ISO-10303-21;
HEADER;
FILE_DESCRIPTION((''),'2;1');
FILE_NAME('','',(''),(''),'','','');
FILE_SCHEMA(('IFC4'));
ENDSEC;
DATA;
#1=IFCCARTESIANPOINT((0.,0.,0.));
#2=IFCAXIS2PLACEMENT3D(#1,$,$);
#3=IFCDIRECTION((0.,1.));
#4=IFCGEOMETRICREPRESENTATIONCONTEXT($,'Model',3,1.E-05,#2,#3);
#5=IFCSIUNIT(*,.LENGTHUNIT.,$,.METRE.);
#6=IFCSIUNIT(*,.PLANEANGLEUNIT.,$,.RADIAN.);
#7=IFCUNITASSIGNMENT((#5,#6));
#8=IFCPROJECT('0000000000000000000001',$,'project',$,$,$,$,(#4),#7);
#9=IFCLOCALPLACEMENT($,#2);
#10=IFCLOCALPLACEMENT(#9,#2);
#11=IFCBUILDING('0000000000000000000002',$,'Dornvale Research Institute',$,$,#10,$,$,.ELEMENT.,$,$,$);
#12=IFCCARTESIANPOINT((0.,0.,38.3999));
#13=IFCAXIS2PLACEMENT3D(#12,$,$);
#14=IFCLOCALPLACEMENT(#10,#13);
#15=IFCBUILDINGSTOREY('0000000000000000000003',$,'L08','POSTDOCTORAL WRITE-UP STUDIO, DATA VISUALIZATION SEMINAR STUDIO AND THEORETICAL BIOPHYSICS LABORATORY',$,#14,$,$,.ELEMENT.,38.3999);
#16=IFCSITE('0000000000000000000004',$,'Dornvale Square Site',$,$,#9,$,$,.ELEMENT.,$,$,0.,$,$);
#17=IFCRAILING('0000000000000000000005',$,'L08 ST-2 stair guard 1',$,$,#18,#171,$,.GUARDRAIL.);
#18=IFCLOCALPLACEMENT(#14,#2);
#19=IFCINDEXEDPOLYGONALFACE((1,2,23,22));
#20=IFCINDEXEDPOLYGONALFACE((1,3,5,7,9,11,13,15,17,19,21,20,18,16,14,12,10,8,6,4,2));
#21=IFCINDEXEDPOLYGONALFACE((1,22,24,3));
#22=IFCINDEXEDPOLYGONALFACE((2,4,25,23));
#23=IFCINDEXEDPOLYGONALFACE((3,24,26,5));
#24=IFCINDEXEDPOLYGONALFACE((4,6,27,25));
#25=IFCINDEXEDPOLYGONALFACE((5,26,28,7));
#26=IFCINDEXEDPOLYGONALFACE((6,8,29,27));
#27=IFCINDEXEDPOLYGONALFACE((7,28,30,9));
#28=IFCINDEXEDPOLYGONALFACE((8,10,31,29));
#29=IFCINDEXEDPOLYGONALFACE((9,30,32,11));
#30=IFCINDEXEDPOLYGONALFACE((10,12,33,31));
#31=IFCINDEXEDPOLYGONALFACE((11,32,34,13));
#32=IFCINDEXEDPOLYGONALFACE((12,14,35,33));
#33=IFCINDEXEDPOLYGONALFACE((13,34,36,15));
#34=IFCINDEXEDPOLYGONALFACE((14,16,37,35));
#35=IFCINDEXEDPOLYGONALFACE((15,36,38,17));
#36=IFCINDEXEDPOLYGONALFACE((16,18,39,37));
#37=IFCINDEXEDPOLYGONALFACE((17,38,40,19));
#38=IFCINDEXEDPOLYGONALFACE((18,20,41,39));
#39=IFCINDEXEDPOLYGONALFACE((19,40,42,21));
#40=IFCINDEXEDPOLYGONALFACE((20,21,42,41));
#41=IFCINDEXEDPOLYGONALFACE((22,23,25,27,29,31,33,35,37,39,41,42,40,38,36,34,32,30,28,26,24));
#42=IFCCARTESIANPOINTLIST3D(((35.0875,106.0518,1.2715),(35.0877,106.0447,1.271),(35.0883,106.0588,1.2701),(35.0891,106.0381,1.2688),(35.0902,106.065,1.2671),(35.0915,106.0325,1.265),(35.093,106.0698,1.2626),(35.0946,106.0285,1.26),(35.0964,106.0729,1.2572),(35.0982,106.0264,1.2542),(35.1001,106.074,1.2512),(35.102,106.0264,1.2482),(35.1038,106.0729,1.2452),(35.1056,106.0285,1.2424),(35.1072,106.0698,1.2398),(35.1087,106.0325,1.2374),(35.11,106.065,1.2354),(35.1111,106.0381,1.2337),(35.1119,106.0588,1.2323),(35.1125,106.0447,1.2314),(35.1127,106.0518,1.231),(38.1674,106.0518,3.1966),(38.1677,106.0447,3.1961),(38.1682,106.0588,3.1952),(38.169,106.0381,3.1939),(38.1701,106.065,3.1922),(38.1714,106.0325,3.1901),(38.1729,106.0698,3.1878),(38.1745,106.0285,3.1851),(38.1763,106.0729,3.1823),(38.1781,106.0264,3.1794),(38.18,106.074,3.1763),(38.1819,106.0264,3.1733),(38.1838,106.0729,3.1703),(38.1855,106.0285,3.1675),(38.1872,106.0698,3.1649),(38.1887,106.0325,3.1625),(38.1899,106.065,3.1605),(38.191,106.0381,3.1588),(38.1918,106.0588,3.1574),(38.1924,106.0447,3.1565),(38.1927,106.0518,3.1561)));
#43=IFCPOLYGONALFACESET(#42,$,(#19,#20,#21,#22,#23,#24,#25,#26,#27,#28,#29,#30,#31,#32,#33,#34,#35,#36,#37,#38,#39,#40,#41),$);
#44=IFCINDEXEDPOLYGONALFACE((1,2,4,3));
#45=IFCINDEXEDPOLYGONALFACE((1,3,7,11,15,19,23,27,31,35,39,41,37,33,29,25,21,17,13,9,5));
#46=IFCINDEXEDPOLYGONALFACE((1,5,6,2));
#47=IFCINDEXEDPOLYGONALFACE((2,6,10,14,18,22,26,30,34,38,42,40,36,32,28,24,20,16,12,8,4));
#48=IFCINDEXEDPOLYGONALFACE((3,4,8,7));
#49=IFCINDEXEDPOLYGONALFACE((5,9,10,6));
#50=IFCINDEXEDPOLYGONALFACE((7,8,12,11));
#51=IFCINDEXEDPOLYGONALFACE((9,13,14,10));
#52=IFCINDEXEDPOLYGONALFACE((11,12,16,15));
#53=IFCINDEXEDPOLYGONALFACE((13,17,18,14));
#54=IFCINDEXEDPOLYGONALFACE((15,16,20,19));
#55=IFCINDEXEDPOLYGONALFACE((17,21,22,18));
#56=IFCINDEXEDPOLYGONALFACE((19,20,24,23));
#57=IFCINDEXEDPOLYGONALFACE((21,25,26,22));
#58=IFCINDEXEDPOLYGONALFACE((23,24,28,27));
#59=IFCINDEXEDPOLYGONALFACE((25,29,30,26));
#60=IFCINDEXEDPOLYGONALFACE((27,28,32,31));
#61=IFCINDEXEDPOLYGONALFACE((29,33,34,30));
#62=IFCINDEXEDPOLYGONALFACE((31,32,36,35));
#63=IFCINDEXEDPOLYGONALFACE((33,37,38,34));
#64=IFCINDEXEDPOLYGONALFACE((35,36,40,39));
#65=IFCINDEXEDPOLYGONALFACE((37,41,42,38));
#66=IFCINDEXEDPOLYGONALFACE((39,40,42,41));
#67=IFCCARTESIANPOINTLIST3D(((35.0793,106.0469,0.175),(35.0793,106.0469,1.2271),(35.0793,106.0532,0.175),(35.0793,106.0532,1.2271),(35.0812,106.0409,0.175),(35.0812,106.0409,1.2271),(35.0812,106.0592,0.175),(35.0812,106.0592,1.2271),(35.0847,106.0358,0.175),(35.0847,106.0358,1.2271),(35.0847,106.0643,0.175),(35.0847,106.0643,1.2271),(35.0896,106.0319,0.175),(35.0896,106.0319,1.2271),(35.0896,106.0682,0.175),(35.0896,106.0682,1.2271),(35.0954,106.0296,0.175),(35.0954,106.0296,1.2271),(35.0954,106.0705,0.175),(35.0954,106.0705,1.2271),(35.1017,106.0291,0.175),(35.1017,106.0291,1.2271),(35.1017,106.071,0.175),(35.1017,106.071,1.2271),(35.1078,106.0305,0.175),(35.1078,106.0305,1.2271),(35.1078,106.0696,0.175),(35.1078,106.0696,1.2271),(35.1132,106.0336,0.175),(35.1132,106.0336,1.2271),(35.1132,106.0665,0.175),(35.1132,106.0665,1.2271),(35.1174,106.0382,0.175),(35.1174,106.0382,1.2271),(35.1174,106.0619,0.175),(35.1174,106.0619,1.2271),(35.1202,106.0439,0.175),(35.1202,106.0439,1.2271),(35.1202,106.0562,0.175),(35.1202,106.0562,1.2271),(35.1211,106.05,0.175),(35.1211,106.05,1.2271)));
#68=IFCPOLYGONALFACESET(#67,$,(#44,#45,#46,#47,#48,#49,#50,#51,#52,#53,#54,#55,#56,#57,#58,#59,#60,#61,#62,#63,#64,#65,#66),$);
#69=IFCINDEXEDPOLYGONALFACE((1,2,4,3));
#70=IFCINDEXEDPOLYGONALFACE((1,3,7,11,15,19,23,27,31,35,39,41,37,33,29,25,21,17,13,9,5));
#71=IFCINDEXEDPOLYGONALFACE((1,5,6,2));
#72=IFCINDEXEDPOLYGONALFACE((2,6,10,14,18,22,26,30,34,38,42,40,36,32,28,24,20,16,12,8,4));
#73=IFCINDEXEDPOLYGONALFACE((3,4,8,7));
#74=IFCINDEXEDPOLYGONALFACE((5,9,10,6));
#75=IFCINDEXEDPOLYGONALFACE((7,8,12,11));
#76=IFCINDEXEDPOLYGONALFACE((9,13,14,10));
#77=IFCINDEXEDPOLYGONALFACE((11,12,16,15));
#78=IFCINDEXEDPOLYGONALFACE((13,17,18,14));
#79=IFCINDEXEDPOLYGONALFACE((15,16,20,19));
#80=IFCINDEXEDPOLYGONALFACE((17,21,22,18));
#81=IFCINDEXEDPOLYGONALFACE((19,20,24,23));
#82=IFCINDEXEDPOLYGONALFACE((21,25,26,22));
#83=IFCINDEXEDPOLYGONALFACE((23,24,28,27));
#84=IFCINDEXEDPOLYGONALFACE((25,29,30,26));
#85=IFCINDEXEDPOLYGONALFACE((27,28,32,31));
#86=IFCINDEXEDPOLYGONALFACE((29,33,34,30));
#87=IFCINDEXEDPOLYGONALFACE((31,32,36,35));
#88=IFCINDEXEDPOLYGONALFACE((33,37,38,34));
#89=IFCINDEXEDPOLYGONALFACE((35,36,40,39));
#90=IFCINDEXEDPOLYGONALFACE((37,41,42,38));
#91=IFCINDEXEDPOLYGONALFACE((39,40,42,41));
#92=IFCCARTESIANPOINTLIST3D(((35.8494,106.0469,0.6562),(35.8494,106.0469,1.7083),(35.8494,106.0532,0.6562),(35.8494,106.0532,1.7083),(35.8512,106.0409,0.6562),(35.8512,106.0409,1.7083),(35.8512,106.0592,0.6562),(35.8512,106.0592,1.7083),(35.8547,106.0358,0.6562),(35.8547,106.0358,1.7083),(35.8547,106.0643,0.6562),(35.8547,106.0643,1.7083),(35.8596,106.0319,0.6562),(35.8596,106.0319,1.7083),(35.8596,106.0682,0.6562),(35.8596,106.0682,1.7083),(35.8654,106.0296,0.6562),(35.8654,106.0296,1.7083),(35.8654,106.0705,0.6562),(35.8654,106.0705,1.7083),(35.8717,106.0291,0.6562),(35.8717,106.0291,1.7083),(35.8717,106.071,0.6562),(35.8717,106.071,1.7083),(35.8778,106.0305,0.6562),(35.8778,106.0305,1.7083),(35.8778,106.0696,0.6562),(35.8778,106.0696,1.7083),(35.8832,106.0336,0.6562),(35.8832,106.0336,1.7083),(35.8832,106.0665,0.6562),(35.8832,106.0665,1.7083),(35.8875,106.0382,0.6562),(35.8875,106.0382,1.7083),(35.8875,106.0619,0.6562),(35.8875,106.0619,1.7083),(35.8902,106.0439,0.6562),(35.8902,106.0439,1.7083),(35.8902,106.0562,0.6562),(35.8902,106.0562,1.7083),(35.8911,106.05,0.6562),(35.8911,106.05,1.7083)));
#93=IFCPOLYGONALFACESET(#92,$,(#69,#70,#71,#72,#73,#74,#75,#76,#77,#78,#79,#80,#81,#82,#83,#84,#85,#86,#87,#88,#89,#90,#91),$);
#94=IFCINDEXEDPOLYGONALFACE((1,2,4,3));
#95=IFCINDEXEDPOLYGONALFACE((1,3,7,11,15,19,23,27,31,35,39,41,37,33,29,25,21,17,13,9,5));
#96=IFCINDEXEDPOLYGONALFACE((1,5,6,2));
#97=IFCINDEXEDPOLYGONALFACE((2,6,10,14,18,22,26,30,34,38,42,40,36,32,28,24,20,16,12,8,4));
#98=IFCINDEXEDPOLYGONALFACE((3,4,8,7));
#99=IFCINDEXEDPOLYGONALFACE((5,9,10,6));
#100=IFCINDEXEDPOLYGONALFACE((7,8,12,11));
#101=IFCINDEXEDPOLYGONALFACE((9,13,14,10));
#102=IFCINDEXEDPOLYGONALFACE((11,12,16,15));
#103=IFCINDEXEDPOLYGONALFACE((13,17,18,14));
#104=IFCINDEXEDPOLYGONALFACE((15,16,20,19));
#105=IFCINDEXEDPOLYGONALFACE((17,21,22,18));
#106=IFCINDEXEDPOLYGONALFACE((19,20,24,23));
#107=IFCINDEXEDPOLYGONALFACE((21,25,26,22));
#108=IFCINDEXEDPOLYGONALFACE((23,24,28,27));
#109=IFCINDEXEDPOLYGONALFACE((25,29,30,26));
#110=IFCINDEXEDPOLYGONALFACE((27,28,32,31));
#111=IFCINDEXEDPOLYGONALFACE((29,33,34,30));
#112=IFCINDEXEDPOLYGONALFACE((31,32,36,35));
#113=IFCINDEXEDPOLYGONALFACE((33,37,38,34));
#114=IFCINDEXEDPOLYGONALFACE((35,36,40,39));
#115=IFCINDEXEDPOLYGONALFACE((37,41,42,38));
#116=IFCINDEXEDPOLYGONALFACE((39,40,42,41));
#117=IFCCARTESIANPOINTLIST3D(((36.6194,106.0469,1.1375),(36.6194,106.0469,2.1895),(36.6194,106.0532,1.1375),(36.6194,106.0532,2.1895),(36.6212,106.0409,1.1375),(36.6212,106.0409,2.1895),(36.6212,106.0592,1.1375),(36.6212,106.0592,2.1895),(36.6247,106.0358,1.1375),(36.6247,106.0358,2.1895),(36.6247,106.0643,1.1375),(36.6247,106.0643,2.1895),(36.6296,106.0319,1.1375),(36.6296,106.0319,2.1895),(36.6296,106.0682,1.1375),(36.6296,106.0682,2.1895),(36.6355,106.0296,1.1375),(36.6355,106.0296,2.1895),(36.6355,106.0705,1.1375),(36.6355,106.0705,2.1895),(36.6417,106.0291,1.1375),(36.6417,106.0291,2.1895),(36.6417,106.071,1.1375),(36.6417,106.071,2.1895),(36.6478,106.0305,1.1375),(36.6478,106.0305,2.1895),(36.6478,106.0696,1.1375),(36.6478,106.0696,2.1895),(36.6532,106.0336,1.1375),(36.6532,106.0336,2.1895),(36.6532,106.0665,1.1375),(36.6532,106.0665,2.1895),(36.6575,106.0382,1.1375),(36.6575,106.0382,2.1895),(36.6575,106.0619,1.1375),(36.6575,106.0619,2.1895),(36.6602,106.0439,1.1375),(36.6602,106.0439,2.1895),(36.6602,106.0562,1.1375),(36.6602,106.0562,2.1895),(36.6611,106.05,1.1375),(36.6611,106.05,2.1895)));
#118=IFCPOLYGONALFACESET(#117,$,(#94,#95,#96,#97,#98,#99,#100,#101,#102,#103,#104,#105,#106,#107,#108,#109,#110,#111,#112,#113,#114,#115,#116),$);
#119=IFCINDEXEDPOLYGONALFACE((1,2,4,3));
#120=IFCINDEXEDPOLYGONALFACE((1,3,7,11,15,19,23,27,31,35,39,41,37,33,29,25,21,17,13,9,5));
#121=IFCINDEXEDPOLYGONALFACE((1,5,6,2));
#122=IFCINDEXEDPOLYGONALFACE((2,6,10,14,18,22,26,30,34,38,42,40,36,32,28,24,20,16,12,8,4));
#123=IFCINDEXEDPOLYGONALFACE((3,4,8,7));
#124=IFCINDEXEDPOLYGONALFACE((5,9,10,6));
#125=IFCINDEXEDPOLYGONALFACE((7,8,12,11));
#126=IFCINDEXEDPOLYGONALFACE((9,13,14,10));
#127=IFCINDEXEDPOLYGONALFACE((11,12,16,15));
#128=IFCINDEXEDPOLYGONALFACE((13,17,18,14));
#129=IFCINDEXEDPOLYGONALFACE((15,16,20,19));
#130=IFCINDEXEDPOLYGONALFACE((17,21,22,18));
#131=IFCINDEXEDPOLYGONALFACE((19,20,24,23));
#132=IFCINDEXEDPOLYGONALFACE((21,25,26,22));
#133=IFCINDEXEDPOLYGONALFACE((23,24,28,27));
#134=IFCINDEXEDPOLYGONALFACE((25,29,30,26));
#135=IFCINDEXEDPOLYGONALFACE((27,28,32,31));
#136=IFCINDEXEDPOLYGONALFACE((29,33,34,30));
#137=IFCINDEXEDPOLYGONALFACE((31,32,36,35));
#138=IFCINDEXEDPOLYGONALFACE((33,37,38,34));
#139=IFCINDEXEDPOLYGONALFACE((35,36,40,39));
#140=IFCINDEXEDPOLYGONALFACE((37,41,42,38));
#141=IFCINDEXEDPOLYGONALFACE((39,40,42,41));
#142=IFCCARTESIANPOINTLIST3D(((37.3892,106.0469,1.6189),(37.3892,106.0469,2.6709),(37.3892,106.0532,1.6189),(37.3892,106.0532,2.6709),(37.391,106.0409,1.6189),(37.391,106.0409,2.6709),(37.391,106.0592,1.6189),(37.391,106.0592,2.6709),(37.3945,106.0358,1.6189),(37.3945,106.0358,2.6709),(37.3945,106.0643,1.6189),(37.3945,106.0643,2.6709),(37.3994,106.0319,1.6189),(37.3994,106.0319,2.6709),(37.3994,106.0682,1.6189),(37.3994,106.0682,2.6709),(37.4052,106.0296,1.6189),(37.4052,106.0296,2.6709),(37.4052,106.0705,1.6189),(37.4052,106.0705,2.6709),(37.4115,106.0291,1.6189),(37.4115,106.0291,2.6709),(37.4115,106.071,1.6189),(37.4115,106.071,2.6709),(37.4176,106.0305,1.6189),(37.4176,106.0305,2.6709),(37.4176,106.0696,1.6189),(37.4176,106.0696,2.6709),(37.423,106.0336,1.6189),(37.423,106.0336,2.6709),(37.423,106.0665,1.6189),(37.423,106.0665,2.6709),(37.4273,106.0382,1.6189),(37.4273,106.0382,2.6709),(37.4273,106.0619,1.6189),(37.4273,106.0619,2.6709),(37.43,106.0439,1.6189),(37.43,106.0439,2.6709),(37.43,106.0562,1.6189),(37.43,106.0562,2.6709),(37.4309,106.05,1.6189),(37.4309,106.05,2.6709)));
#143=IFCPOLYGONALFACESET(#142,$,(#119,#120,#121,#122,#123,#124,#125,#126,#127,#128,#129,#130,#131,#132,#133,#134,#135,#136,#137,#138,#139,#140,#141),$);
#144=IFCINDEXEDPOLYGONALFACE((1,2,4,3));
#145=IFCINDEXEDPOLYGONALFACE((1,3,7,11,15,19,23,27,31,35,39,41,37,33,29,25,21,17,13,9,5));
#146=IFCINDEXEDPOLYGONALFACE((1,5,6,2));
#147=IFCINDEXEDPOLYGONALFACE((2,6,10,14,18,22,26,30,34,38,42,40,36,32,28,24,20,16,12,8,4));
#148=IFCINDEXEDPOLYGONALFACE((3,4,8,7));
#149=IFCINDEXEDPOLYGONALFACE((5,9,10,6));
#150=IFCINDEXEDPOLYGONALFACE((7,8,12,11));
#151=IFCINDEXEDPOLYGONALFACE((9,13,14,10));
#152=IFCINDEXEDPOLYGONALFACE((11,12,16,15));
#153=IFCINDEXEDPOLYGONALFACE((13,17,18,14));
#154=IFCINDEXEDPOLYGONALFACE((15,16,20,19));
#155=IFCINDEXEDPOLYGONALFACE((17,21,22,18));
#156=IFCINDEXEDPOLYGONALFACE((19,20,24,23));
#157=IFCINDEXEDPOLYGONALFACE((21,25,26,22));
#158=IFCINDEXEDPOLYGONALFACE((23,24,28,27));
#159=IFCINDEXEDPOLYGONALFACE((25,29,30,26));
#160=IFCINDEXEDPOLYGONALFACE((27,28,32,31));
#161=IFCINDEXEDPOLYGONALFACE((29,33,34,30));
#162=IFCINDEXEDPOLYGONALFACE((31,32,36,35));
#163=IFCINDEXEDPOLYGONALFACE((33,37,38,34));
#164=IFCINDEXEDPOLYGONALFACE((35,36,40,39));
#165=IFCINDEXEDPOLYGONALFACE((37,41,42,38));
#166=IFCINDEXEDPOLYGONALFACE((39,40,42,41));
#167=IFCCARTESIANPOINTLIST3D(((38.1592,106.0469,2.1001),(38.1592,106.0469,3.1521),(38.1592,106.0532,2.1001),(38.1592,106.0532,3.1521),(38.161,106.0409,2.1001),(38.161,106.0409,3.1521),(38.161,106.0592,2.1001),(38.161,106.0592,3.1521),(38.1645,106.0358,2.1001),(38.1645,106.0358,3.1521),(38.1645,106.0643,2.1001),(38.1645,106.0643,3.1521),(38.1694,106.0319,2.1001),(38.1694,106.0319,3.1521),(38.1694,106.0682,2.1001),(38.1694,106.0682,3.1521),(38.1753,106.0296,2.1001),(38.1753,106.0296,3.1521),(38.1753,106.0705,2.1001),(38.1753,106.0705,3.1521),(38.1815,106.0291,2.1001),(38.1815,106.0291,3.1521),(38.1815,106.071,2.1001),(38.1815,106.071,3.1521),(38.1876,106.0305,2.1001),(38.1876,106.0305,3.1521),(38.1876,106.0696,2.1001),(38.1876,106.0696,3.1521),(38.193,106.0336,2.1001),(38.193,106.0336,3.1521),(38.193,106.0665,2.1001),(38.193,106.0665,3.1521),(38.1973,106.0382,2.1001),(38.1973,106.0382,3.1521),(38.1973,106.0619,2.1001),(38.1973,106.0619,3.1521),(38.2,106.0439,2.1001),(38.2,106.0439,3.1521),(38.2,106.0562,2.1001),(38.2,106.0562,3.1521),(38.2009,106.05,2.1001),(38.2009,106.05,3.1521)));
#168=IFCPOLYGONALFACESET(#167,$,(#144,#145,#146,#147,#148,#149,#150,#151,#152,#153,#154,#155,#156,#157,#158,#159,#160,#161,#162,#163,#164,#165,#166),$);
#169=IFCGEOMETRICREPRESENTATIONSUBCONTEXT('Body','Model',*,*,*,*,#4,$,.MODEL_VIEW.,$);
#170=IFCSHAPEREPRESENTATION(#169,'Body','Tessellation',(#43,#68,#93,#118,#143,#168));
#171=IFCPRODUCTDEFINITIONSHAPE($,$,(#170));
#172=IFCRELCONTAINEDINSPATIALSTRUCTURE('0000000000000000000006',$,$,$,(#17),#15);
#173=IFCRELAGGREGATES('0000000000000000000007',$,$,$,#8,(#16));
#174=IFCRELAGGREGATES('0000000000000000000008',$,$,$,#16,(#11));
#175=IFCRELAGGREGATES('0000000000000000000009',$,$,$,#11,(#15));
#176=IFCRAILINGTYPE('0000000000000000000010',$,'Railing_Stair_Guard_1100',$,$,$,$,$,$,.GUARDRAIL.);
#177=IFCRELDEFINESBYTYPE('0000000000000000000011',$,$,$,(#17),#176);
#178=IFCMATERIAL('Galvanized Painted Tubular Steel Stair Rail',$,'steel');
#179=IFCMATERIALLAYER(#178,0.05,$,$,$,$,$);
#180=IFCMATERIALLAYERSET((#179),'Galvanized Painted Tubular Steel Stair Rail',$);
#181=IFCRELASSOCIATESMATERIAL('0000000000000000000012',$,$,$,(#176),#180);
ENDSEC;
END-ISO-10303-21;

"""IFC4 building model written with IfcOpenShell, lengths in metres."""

from ifc_helpers import new_model, si_unit, direction, frame, origin, origin_2d, place, context, subcontext, project, spatial, circle, extrude, material, layer, layer_set, type_object, element, save


model = new_model("IFC4")

# Units and contexts
model_context = context("Model", 3, precision=1e-05, world=origin(), true_north=direction((0.0, 1.0)))
body_context = subcontext(model_context, "Body", "Model", "MODEL_VIEW")
ifc_project = project(units=[si_unit("LENGTHUNIT", "METRE"), si_unit("PLANEANGLEUNIT", "RADIAN")], contexts=[model_context])

# Site, building, storey
site_placement = place(None, origin())
site = spatial("IfcSite", under=ifc_project, at=site_placement, Name="Dornvale Square Site", CompositionType="ELEMENT", RefElevation=0.0)
building_placement = place(site_placement, origin())
building = spatial("IfcBuilding", under=site, at=building_placement, Name="Dornvale Research Institute", CompositionType="ELEMENT")
storey_placement = place(building_placement, frame((0.0, 0.0, 38.3999)))
storey = spatial("IfcBuildingStorey", under=building, at=storey_placement, Name="L08", Description="POSTDOCTORAL WRITE-UP STUDIO, DATA VISUALIZATION SEMINAR STUDIO AND THEORETICAL BIOPHYSICS LABORATORY", CompositionType="ELEMENT", Elevation=38.3999)

# Railing
ifc_material_1 = material(Name="Galvanized Painted Tubular Steel Stair Rail", Category="steel")
ifc_layer_1 = layer(ifc_material_1, 0.05)
ifc_layer_set_1 = layer_set([ifc_layer_1], Name="Galvanized Painted Tubular Steel Stair Rail")
railing_type = type_object("IfcRailingType", Name="Railing_Stair_Guard_1100", PredefinedType="GUARDRAIL", material=ifc_layer_set_1)
railing_1_placement = place(storey_placement, frame((35.1001, 106.05, 0.175)))
element("IfcRailing", 1, at=railing_1_placement, inside=storey, type_object=railing_type, Name="L08 ST-2 stair guard 1", PredefinedType="GUARDRAIL", context=body_context, shape_type="SweptSolid", body=[
    extrude(circle(Radius=0.0239, at=origin_2d()), frame((0.0, 0.0, 1.0762), z_axis=(0.847979, 0.0, 0.530029), x_axis=(0.0, 1.0, 0.0)), (0.0, 0.0, 1.0), 3.6321),
    extrude(circle(Radius=0.021, at=origin_2d()), origin(), (0.0, 0.0, 1.0), 1.052),
    extrude(circle(Radius=0.021, at=origin_2d()), frame((0.77, 0.0, 0.4812)), (0.0, 0.0, 1.0), 1.052),
    extrude(circle(Radius=0.021, at=origin_2d()), frame((1.54, 0.0, 0.9624)), (0.0, 0.0, 1.0), 1.052),
    extrude(circle(Radius=0.021, at=origin_2d()), frame((2.3098, 0.0, 1.4438)), (0.0, 0.0, 1.0), 1.052),
    extrude(circle(Radius=0.021, at=origin_2d()), frame((3.0798, 0.0, 1.925)), (0.0, 0.0, 1.0), 1.052),
])

save(model, "model.ifc")
